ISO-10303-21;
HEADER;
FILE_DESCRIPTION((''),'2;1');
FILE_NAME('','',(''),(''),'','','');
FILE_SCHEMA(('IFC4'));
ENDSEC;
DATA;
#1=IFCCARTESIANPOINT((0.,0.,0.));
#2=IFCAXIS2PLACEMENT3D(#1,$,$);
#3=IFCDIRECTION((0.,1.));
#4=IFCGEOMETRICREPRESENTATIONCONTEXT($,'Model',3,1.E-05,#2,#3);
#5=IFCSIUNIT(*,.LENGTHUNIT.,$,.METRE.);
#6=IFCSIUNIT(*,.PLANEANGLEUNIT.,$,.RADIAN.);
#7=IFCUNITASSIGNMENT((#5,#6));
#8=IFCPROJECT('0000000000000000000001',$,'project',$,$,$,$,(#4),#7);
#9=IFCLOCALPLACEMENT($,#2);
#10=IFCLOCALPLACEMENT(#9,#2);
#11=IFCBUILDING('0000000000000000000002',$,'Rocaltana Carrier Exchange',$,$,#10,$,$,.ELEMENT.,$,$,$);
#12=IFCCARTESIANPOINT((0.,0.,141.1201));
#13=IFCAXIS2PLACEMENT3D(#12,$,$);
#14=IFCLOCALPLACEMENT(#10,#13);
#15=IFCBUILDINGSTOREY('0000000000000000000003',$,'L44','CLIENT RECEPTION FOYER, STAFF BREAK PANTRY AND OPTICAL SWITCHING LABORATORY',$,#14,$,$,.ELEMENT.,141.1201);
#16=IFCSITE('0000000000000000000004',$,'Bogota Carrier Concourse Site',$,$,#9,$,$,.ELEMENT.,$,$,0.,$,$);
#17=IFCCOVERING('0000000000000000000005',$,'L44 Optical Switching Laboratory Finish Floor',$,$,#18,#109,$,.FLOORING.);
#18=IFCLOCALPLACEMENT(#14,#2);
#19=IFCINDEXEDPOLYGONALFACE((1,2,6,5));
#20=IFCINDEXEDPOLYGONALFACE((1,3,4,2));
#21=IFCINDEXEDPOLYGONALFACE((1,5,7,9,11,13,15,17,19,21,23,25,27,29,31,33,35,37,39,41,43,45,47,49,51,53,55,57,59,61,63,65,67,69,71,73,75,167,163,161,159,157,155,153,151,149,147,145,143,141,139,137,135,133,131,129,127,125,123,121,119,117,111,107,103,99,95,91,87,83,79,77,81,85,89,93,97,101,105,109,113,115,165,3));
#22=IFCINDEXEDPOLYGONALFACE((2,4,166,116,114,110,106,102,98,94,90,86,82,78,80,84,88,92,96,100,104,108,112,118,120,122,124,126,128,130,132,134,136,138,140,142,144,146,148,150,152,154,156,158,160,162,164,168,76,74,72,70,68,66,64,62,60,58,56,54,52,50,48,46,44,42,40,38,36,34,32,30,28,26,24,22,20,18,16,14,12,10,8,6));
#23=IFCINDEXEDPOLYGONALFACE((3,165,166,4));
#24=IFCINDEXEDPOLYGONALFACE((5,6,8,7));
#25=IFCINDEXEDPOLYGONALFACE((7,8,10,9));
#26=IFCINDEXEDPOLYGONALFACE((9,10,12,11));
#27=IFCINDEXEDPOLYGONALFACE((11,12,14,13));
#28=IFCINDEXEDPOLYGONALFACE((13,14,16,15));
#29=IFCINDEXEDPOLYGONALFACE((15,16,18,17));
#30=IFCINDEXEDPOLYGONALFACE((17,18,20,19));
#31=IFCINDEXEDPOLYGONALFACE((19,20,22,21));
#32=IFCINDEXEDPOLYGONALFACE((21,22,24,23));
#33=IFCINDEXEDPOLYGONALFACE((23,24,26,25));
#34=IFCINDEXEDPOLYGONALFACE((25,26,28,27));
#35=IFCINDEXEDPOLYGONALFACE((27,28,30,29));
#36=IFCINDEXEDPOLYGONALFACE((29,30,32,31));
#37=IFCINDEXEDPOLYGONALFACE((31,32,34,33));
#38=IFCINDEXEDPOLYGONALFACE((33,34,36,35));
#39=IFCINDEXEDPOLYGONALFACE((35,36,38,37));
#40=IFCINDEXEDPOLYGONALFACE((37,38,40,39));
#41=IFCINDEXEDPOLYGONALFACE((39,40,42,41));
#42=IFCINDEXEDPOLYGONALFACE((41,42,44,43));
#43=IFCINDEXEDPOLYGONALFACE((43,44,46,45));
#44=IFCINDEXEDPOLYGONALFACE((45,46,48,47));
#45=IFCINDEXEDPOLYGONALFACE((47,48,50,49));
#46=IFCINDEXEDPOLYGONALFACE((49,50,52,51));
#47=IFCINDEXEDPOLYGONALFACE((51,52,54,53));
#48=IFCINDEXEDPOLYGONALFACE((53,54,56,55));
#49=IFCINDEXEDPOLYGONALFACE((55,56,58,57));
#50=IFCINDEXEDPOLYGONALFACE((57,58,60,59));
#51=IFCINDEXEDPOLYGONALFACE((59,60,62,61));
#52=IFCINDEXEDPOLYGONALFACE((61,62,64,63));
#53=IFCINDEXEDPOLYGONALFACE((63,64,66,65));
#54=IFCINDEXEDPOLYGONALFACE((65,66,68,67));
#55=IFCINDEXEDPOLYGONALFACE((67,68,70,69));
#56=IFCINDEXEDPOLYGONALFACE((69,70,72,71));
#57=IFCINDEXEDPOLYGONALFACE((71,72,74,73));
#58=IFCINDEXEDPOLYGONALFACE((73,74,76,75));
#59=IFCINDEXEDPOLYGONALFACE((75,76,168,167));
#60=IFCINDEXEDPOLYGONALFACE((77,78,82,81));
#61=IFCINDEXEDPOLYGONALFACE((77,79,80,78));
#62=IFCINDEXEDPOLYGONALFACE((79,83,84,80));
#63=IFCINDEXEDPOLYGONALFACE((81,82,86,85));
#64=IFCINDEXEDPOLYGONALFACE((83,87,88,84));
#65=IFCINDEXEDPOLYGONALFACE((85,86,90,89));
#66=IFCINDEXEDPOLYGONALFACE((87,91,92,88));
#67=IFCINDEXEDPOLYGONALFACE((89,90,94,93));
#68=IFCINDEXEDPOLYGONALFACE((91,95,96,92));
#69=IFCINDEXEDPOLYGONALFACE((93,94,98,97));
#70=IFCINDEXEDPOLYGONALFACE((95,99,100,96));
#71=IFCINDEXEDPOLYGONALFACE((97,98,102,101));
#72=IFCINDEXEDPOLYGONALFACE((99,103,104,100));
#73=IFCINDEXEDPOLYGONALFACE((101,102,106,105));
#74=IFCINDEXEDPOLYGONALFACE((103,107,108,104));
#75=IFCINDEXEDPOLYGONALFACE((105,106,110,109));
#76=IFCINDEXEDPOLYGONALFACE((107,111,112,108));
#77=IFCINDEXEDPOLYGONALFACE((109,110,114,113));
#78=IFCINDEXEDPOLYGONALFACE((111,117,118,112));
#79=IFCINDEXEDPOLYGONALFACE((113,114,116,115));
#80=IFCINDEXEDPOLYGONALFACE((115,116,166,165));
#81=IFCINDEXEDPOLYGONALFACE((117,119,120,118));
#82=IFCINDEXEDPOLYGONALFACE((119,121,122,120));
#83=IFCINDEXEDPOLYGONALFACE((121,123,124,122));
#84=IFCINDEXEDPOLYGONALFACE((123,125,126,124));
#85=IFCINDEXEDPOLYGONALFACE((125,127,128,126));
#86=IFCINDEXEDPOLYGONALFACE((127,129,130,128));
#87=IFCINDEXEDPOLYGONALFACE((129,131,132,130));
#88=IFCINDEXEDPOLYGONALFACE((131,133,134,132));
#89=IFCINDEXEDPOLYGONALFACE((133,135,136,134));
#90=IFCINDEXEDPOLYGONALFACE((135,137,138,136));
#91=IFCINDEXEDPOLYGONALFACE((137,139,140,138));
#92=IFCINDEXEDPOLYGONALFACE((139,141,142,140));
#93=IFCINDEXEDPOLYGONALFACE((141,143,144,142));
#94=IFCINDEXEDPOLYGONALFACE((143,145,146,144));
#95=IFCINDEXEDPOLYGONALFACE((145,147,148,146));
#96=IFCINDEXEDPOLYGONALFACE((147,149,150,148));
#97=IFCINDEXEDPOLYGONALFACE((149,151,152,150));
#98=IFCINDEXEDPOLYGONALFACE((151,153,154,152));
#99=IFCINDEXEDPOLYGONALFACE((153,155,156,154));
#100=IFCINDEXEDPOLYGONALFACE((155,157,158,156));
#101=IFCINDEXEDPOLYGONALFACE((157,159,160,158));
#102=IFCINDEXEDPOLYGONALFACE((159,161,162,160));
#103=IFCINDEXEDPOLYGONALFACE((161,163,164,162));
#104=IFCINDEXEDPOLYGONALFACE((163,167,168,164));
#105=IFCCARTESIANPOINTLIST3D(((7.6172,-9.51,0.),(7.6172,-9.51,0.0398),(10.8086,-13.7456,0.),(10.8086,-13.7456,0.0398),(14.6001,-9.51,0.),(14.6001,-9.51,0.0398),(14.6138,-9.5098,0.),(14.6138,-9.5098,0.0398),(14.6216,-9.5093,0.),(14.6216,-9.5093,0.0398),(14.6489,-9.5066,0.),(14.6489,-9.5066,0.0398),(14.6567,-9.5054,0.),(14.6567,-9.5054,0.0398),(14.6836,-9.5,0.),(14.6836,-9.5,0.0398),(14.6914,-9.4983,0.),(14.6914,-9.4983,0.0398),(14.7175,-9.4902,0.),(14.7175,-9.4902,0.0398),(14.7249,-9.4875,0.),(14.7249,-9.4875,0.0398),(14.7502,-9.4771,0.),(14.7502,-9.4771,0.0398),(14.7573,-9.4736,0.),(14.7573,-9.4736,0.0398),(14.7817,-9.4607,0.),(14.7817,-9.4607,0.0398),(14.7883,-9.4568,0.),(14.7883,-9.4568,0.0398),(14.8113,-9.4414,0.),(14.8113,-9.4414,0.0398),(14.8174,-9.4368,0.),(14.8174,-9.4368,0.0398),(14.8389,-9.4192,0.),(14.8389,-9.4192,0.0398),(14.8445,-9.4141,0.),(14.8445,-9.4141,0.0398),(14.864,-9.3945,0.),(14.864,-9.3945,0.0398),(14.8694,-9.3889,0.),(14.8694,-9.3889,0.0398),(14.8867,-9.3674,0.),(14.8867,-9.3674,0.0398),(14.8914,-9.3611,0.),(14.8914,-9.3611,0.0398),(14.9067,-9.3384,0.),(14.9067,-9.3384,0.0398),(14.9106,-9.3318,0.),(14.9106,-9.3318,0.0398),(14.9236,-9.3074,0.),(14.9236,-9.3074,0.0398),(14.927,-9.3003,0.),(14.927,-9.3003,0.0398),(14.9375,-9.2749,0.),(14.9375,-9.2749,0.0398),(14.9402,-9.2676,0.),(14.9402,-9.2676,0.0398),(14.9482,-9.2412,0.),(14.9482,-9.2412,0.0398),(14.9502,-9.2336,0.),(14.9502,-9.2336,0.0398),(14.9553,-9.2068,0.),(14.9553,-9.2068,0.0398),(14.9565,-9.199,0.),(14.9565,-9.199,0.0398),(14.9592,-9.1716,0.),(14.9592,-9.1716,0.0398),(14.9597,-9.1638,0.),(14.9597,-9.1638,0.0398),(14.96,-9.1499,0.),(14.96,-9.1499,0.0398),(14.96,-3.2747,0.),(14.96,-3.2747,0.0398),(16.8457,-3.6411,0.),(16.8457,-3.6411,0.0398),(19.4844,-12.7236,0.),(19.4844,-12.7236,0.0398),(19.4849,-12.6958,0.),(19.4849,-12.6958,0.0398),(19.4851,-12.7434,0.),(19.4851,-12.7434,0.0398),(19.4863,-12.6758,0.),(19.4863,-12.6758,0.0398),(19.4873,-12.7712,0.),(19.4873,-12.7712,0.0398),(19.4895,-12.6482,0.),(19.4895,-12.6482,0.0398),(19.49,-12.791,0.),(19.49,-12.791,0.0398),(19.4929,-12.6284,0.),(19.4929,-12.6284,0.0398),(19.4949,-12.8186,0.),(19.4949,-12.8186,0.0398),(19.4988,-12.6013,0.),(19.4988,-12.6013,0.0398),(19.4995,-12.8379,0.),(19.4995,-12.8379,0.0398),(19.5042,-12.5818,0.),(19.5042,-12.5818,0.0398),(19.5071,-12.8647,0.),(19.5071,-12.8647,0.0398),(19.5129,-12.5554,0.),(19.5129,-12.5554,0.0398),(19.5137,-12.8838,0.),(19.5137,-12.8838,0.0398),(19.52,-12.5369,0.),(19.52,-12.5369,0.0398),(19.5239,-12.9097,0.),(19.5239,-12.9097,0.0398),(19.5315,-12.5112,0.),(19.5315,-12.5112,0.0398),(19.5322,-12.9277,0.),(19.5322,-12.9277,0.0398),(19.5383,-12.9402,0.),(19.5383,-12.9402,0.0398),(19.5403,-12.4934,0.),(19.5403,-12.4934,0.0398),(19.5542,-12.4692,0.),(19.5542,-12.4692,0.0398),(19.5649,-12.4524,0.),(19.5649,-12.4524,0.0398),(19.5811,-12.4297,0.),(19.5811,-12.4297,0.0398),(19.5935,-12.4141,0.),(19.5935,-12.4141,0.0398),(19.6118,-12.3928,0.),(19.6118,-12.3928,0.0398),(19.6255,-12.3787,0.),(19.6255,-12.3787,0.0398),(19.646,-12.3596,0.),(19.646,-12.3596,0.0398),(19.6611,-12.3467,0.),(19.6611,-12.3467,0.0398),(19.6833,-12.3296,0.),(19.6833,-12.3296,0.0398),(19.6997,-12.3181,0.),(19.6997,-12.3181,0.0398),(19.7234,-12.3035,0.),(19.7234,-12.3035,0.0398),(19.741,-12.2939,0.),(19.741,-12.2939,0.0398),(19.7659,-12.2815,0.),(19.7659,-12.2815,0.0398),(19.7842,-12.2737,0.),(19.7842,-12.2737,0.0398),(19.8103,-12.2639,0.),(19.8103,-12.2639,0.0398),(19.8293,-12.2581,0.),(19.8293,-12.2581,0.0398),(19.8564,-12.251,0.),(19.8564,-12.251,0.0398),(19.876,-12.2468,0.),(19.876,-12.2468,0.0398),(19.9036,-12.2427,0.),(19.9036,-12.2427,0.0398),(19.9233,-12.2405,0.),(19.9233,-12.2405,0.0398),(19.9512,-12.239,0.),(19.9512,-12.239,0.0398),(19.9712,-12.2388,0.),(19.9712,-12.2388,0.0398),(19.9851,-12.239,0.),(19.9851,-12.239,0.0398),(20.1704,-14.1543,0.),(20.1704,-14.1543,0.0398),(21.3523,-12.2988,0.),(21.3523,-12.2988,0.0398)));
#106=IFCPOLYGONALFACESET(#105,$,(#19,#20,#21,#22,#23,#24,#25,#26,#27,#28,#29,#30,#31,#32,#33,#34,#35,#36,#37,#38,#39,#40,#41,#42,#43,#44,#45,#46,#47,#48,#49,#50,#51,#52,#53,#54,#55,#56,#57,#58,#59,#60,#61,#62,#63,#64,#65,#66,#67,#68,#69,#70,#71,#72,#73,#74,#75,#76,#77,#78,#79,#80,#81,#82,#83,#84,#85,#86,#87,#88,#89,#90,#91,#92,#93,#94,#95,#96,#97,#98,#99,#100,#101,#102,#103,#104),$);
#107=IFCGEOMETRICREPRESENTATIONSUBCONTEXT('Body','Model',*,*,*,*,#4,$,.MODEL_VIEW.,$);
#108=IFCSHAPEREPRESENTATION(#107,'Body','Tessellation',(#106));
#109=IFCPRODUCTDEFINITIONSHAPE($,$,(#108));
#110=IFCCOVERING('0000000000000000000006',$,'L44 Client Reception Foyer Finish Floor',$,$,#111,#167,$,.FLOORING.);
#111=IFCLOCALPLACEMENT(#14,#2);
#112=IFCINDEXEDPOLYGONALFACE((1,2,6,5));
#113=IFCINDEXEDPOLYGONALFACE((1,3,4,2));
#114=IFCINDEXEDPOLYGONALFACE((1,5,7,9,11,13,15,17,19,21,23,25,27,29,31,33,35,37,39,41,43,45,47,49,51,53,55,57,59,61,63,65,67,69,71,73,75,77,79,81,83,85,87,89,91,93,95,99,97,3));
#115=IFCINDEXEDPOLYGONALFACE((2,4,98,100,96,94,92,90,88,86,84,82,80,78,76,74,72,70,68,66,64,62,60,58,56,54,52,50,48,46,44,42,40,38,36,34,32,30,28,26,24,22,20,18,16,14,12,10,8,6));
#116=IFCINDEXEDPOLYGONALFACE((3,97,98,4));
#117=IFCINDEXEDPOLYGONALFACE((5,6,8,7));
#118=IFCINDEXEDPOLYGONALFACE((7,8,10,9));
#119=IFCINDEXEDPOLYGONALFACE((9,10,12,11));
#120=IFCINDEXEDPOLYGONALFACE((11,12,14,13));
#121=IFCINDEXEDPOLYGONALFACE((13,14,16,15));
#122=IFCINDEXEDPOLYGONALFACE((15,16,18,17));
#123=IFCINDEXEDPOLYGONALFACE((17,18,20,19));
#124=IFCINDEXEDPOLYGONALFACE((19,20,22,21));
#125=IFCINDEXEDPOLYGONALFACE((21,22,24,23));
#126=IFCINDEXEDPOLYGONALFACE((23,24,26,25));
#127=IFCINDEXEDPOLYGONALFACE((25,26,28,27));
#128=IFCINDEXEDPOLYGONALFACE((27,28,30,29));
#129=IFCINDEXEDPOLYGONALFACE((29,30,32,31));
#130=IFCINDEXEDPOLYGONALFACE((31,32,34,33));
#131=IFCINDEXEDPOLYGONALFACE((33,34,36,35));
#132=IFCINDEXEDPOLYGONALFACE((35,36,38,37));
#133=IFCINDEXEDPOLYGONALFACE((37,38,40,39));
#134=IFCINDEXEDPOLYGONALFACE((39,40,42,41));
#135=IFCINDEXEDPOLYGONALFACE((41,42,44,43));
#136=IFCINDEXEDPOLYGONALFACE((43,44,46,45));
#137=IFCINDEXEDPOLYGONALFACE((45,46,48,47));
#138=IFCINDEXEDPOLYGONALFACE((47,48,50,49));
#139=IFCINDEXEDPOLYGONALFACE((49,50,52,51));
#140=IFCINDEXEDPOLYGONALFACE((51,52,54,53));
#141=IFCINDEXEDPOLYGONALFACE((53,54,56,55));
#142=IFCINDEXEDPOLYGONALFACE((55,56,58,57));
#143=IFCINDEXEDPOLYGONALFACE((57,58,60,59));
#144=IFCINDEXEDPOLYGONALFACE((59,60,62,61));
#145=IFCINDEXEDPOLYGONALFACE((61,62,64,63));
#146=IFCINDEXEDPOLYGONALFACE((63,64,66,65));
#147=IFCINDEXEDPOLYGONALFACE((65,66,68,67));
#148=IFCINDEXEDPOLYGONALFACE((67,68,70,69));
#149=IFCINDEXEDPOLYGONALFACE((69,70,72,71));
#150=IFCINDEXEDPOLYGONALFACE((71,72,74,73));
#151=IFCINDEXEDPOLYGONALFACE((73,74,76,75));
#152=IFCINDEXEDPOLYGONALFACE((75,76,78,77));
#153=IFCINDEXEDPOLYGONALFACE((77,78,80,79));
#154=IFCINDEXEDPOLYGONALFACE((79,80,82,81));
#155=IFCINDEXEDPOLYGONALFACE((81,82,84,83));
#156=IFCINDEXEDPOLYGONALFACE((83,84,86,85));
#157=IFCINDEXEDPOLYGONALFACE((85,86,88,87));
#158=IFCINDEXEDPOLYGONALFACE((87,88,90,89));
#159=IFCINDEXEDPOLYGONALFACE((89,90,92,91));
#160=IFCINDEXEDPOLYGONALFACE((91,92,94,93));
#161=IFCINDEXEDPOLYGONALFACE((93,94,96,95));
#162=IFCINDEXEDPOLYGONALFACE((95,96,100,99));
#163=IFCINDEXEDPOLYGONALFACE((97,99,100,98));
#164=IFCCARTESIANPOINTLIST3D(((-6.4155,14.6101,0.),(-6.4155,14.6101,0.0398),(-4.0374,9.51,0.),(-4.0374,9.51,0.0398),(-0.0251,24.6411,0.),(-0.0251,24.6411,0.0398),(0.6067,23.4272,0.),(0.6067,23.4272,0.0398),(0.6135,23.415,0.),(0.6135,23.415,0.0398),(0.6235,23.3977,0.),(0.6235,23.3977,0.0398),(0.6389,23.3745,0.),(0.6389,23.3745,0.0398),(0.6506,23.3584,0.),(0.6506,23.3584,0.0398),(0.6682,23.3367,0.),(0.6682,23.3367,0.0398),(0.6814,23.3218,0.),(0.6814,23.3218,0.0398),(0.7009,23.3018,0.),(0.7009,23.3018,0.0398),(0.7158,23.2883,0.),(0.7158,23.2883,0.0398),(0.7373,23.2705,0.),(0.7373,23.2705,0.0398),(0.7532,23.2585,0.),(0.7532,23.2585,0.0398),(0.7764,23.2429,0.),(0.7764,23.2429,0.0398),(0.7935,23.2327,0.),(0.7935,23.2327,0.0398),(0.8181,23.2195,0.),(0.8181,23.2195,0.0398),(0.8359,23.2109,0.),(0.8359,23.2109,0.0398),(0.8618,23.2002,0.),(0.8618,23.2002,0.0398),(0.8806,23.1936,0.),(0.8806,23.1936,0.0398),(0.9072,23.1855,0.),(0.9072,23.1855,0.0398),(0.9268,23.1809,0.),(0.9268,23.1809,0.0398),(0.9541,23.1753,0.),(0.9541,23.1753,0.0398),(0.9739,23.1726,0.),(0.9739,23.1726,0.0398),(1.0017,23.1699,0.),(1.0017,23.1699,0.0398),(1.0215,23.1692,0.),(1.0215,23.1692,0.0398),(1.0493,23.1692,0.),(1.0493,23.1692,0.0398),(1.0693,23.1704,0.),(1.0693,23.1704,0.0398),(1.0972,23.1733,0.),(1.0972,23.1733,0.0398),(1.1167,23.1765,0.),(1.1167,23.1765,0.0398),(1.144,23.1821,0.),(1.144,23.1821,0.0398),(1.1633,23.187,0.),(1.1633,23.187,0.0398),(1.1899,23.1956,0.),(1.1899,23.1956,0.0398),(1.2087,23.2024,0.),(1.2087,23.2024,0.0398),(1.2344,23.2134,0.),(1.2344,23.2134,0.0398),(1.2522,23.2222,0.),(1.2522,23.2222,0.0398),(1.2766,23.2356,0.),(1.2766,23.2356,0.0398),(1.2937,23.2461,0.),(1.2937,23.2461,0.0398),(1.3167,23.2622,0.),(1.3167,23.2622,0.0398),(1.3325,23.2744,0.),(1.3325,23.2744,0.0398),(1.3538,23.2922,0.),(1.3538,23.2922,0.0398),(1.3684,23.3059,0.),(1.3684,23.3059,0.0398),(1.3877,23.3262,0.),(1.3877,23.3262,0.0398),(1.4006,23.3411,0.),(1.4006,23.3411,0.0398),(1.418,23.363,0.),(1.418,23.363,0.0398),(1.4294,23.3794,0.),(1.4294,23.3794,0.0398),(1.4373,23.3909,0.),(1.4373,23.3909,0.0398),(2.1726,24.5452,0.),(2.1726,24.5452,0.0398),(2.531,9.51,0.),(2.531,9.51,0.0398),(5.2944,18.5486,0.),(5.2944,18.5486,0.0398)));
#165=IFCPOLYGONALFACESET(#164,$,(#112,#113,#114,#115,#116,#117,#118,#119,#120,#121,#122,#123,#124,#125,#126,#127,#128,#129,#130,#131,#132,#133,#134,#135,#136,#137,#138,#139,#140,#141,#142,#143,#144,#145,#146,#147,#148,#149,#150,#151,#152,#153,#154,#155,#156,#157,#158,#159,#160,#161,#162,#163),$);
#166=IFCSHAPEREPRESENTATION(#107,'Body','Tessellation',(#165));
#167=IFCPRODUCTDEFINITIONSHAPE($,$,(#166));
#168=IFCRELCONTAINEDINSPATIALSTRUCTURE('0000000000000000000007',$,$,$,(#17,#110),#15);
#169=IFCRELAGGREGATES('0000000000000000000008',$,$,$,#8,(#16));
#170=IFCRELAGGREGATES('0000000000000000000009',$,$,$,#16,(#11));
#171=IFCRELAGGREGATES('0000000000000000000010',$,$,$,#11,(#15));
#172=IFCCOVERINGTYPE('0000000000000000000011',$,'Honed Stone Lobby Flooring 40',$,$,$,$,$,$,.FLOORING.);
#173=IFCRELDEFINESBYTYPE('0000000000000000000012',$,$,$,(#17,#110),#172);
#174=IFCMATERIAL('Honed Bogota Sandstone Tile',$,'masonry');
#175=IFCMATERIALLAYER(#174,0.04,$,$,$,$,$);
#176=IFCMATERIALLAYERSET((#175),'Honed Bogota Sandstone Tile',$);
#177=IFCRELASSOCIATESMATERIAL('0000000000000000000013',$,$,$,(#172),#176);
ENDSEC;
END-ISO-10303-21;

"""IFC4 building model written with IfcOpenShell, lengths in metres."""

from ifc_helpers import new_model, si_unit, direction, frame, origin, place, context, subcontext, project, spatial, polyline, outline, extrude, material, layer, layer_set, type_object, element, save


model = new_model("IFC4")

# Units and contexts
model_context = context("Model", 3, precision=1e-05, world=origin(), true_north=direction((0.0, 1.0)))
body_context = subcontext(model_context, "Body", "Model", "MODEL_VIEW")
ifc_project = project(units=[si_unit("LENGTHUNIT", "METRE"), si_unit("PLANEANGLEUNIT", "RADIAN")], contexts=[model_context])

# Site, building, storey
site_placement = place(None, origin())
site = spatial("IfcSite", under=ifc_project, at=site_placement, Name="Bogota Carrier Concourse Site", CompositionType="ELEMENT", RefElevation=0.0)
building_placement = place(site_placement, origin())
building = spatial("IfcBuilding", under=site, at=building_placement, Name="Rocaltana Carrier Exchange", CompositionType="ELEMENT")
storey_placement = place(building_placement, frame((0.0, 0.0, 141.1201)))
storey = spatial("IfcBuildingStorey", under=building, at=storey_placement, Name="L44", Description="CLIENT RECEPTION FOYER, STAFF BREAK PANTRY AND OPTICAL SWITCHING LABORATORY", CompositionType="ELEMENT", Elevation=141.1201)

# Coverings
ifc_material_1 = material(Name="Honed Bogota Sandstone Tile", Category="masonry")
ifc_layer_1 = layer(ifc_material_1, 0.04)
ifc_layer_set_1 = layer_set([ifc_layer_1], Name="Honed Bogota Sandstone Tile")
covering_type_1 = type_object("IfcCoveringType", Name="Honed Stone Lobby Flooring 40", PredefinedType="FLOORING", material=ifc_layer_set_1)
covering_1_placement = place(storey_placement, origin())
element("IfcCovering", 1, at=covering_1_placement, inside=storey, type_object=covering_type_1, Name="L44 Optical Switching Laboratory Finish Floor", PredefinedType="FLOORING", context=body_context, shape_type="SweptSolid", body=[
    extrude(outline(polyline([(21.3523, -12.2988), (19.9851, -12.239), (19.9712, -12.2388), (19.9512, -12.239), (19.9233, -12.2405), (19.9036, -12.2427), (19.876, -12.2468), (19.8564, -12.251), (19.8293, -12.2581), (19.8103, -12.2639), (19.7842, -12.2737), (19.7659, -12.2815), (19.741, -12.2939), (19.7234, -12.3035), (19.6997, -12.3181), (19.6833, -12.3296), (19.6611, -12.3467), (19.646, -12.3596), (19.6255, -12.3787), (19.6118, -12.3928), (19.5935, -12.4141), (19.5811, -12.4297), (19.5649, -12.4524), (19.5542, -12.4692), (19.5403, -12.4934), (19.5315, -12.5112), (19.52, -12.5369), (19.5129, -12.5554), (19.5042, -12.5818), (19.4988, -12.6013), (19.4929, -12.6284), (19.4895, -12.6482), (19.4863, -12.6758), (19.4849, -12.6958), (19.4844, -12.7236), (19.4851, -12.7434), (19.4873, -12.7712), (19.49, -12.791), (19.4949, -12.8186), (19.4995, -12.8379), (19.5071, -12.8647), (19.5137, -12.8838), (19.5239, -12.9097), (19.5322, -12.9277), (19.5383, -12.9402), (20.1704, -14.1543), (10.8086, -13.7456), (7.6172, -9.51), (14.6001, -9.51), (14.6138, -9.5098), (14.6216, -9.5093), (14.6489, -9.5066), (14.6567, -9.5054), (14.6836, -9.5), (14.6914, -9.4983), (14.7175, -9.4902), (14.7249, -9.4875), (14.7502, -9.4771), (14.7573, -9.4736), (14.7817, -9.4607), (14.7883, -9.4568), (14.8113, -9.4414), (14.8174, -9.4368), (14.8389, -9.4192), (14.8445, -9.4141), (14.864, -9.3945), (14.8694, -9.3889), (14.8867, -9.3674), (14.8914, -9.3611), (14.9067, -9.3384), (14.9106, -9.3318), (14.9236, -9.3074), (14.927, -9.3003), (14.9375, -9.2749), (14.9402, -9.2676), (14.9482, -9.2412), (14.9502, -9.2336), (14.9553, -9.2068), (14.9565, -9.199), (14.9592, -9.1716), (14.9597, -9.1638), (14.96, -9.1499), (14.96, -3.2747), (16.8457, -3.6411), (21.3523, -12.2988)])), origin(), (0.0, 0.0, 1.0), 0.0398),
])
covering_2_placement = place(storey_placement, origin())
element("IfcCovering", 2, at=covering_2_placement, inside=storey, type_object=covering_type_1, Name="L44 Client Reception Foyer Finish Floor", PredefinedType="FLOORING", context=body_context, shape_type="SweptSolid", body=[
    extrude(outline(polyline([(-0.0251, 24.6411), (0.6067, 23.4272), (0.6135, 23.415), (0.6235, 23.3977), (0.6389, 23.3745), (0.6506, 23.3584), (0.6682, 23.3367), (0.6814, 23.3218), (0.7009, 23.3018), (0.7158, 23.2883), (0.7373, 23.2705), (0.7532, 23.2585), (0.7764, 23.2429), (0.7935, 23.2327), (0.8181, 23.2195), (0.8359, 23.2109), (0.8618, 23.2002), (0.8806, 23.1936), (0.9072, 23.1855), (0.9268, 23.1809), (0.9541, 23.1753), (0.9739, 23.1726), (1.0017, 23.1699), (1.0215, 23.1692), (1.0493, 23.1692), (1.0693, 23.1704), (1.0972, 23.1733), (1.1167, 23.1765), (1.144, 23.1821), (1.1633, 23.187), (1.1899, 23.1956), (1.2087, 23.2024), (1.2344, 23.2134), (1.2522, 23.2222), (1.2766, 23.2356), (1.2937, 23.2461), (1.3167, 23.2622), (1.3325, 23.2744), (1.3538, 23.2922), (1.3684, 23.3059), (1.3877, 23.3262), (1.4006, 23.3411), (1.418, 23.363), (1.4294, 23.3794), (1.4373, 23.3909), (2.1726, 24.5452), (5.2944, 18.5486), (2.531, 9.51), (-4.0374, 9.51), (-6.4155, 14.6101), (-0.0251, 24.6411)])), origin(), (0.0, 0.0, 1.0), 0.0398),
])

save(model, "model.ifc")
